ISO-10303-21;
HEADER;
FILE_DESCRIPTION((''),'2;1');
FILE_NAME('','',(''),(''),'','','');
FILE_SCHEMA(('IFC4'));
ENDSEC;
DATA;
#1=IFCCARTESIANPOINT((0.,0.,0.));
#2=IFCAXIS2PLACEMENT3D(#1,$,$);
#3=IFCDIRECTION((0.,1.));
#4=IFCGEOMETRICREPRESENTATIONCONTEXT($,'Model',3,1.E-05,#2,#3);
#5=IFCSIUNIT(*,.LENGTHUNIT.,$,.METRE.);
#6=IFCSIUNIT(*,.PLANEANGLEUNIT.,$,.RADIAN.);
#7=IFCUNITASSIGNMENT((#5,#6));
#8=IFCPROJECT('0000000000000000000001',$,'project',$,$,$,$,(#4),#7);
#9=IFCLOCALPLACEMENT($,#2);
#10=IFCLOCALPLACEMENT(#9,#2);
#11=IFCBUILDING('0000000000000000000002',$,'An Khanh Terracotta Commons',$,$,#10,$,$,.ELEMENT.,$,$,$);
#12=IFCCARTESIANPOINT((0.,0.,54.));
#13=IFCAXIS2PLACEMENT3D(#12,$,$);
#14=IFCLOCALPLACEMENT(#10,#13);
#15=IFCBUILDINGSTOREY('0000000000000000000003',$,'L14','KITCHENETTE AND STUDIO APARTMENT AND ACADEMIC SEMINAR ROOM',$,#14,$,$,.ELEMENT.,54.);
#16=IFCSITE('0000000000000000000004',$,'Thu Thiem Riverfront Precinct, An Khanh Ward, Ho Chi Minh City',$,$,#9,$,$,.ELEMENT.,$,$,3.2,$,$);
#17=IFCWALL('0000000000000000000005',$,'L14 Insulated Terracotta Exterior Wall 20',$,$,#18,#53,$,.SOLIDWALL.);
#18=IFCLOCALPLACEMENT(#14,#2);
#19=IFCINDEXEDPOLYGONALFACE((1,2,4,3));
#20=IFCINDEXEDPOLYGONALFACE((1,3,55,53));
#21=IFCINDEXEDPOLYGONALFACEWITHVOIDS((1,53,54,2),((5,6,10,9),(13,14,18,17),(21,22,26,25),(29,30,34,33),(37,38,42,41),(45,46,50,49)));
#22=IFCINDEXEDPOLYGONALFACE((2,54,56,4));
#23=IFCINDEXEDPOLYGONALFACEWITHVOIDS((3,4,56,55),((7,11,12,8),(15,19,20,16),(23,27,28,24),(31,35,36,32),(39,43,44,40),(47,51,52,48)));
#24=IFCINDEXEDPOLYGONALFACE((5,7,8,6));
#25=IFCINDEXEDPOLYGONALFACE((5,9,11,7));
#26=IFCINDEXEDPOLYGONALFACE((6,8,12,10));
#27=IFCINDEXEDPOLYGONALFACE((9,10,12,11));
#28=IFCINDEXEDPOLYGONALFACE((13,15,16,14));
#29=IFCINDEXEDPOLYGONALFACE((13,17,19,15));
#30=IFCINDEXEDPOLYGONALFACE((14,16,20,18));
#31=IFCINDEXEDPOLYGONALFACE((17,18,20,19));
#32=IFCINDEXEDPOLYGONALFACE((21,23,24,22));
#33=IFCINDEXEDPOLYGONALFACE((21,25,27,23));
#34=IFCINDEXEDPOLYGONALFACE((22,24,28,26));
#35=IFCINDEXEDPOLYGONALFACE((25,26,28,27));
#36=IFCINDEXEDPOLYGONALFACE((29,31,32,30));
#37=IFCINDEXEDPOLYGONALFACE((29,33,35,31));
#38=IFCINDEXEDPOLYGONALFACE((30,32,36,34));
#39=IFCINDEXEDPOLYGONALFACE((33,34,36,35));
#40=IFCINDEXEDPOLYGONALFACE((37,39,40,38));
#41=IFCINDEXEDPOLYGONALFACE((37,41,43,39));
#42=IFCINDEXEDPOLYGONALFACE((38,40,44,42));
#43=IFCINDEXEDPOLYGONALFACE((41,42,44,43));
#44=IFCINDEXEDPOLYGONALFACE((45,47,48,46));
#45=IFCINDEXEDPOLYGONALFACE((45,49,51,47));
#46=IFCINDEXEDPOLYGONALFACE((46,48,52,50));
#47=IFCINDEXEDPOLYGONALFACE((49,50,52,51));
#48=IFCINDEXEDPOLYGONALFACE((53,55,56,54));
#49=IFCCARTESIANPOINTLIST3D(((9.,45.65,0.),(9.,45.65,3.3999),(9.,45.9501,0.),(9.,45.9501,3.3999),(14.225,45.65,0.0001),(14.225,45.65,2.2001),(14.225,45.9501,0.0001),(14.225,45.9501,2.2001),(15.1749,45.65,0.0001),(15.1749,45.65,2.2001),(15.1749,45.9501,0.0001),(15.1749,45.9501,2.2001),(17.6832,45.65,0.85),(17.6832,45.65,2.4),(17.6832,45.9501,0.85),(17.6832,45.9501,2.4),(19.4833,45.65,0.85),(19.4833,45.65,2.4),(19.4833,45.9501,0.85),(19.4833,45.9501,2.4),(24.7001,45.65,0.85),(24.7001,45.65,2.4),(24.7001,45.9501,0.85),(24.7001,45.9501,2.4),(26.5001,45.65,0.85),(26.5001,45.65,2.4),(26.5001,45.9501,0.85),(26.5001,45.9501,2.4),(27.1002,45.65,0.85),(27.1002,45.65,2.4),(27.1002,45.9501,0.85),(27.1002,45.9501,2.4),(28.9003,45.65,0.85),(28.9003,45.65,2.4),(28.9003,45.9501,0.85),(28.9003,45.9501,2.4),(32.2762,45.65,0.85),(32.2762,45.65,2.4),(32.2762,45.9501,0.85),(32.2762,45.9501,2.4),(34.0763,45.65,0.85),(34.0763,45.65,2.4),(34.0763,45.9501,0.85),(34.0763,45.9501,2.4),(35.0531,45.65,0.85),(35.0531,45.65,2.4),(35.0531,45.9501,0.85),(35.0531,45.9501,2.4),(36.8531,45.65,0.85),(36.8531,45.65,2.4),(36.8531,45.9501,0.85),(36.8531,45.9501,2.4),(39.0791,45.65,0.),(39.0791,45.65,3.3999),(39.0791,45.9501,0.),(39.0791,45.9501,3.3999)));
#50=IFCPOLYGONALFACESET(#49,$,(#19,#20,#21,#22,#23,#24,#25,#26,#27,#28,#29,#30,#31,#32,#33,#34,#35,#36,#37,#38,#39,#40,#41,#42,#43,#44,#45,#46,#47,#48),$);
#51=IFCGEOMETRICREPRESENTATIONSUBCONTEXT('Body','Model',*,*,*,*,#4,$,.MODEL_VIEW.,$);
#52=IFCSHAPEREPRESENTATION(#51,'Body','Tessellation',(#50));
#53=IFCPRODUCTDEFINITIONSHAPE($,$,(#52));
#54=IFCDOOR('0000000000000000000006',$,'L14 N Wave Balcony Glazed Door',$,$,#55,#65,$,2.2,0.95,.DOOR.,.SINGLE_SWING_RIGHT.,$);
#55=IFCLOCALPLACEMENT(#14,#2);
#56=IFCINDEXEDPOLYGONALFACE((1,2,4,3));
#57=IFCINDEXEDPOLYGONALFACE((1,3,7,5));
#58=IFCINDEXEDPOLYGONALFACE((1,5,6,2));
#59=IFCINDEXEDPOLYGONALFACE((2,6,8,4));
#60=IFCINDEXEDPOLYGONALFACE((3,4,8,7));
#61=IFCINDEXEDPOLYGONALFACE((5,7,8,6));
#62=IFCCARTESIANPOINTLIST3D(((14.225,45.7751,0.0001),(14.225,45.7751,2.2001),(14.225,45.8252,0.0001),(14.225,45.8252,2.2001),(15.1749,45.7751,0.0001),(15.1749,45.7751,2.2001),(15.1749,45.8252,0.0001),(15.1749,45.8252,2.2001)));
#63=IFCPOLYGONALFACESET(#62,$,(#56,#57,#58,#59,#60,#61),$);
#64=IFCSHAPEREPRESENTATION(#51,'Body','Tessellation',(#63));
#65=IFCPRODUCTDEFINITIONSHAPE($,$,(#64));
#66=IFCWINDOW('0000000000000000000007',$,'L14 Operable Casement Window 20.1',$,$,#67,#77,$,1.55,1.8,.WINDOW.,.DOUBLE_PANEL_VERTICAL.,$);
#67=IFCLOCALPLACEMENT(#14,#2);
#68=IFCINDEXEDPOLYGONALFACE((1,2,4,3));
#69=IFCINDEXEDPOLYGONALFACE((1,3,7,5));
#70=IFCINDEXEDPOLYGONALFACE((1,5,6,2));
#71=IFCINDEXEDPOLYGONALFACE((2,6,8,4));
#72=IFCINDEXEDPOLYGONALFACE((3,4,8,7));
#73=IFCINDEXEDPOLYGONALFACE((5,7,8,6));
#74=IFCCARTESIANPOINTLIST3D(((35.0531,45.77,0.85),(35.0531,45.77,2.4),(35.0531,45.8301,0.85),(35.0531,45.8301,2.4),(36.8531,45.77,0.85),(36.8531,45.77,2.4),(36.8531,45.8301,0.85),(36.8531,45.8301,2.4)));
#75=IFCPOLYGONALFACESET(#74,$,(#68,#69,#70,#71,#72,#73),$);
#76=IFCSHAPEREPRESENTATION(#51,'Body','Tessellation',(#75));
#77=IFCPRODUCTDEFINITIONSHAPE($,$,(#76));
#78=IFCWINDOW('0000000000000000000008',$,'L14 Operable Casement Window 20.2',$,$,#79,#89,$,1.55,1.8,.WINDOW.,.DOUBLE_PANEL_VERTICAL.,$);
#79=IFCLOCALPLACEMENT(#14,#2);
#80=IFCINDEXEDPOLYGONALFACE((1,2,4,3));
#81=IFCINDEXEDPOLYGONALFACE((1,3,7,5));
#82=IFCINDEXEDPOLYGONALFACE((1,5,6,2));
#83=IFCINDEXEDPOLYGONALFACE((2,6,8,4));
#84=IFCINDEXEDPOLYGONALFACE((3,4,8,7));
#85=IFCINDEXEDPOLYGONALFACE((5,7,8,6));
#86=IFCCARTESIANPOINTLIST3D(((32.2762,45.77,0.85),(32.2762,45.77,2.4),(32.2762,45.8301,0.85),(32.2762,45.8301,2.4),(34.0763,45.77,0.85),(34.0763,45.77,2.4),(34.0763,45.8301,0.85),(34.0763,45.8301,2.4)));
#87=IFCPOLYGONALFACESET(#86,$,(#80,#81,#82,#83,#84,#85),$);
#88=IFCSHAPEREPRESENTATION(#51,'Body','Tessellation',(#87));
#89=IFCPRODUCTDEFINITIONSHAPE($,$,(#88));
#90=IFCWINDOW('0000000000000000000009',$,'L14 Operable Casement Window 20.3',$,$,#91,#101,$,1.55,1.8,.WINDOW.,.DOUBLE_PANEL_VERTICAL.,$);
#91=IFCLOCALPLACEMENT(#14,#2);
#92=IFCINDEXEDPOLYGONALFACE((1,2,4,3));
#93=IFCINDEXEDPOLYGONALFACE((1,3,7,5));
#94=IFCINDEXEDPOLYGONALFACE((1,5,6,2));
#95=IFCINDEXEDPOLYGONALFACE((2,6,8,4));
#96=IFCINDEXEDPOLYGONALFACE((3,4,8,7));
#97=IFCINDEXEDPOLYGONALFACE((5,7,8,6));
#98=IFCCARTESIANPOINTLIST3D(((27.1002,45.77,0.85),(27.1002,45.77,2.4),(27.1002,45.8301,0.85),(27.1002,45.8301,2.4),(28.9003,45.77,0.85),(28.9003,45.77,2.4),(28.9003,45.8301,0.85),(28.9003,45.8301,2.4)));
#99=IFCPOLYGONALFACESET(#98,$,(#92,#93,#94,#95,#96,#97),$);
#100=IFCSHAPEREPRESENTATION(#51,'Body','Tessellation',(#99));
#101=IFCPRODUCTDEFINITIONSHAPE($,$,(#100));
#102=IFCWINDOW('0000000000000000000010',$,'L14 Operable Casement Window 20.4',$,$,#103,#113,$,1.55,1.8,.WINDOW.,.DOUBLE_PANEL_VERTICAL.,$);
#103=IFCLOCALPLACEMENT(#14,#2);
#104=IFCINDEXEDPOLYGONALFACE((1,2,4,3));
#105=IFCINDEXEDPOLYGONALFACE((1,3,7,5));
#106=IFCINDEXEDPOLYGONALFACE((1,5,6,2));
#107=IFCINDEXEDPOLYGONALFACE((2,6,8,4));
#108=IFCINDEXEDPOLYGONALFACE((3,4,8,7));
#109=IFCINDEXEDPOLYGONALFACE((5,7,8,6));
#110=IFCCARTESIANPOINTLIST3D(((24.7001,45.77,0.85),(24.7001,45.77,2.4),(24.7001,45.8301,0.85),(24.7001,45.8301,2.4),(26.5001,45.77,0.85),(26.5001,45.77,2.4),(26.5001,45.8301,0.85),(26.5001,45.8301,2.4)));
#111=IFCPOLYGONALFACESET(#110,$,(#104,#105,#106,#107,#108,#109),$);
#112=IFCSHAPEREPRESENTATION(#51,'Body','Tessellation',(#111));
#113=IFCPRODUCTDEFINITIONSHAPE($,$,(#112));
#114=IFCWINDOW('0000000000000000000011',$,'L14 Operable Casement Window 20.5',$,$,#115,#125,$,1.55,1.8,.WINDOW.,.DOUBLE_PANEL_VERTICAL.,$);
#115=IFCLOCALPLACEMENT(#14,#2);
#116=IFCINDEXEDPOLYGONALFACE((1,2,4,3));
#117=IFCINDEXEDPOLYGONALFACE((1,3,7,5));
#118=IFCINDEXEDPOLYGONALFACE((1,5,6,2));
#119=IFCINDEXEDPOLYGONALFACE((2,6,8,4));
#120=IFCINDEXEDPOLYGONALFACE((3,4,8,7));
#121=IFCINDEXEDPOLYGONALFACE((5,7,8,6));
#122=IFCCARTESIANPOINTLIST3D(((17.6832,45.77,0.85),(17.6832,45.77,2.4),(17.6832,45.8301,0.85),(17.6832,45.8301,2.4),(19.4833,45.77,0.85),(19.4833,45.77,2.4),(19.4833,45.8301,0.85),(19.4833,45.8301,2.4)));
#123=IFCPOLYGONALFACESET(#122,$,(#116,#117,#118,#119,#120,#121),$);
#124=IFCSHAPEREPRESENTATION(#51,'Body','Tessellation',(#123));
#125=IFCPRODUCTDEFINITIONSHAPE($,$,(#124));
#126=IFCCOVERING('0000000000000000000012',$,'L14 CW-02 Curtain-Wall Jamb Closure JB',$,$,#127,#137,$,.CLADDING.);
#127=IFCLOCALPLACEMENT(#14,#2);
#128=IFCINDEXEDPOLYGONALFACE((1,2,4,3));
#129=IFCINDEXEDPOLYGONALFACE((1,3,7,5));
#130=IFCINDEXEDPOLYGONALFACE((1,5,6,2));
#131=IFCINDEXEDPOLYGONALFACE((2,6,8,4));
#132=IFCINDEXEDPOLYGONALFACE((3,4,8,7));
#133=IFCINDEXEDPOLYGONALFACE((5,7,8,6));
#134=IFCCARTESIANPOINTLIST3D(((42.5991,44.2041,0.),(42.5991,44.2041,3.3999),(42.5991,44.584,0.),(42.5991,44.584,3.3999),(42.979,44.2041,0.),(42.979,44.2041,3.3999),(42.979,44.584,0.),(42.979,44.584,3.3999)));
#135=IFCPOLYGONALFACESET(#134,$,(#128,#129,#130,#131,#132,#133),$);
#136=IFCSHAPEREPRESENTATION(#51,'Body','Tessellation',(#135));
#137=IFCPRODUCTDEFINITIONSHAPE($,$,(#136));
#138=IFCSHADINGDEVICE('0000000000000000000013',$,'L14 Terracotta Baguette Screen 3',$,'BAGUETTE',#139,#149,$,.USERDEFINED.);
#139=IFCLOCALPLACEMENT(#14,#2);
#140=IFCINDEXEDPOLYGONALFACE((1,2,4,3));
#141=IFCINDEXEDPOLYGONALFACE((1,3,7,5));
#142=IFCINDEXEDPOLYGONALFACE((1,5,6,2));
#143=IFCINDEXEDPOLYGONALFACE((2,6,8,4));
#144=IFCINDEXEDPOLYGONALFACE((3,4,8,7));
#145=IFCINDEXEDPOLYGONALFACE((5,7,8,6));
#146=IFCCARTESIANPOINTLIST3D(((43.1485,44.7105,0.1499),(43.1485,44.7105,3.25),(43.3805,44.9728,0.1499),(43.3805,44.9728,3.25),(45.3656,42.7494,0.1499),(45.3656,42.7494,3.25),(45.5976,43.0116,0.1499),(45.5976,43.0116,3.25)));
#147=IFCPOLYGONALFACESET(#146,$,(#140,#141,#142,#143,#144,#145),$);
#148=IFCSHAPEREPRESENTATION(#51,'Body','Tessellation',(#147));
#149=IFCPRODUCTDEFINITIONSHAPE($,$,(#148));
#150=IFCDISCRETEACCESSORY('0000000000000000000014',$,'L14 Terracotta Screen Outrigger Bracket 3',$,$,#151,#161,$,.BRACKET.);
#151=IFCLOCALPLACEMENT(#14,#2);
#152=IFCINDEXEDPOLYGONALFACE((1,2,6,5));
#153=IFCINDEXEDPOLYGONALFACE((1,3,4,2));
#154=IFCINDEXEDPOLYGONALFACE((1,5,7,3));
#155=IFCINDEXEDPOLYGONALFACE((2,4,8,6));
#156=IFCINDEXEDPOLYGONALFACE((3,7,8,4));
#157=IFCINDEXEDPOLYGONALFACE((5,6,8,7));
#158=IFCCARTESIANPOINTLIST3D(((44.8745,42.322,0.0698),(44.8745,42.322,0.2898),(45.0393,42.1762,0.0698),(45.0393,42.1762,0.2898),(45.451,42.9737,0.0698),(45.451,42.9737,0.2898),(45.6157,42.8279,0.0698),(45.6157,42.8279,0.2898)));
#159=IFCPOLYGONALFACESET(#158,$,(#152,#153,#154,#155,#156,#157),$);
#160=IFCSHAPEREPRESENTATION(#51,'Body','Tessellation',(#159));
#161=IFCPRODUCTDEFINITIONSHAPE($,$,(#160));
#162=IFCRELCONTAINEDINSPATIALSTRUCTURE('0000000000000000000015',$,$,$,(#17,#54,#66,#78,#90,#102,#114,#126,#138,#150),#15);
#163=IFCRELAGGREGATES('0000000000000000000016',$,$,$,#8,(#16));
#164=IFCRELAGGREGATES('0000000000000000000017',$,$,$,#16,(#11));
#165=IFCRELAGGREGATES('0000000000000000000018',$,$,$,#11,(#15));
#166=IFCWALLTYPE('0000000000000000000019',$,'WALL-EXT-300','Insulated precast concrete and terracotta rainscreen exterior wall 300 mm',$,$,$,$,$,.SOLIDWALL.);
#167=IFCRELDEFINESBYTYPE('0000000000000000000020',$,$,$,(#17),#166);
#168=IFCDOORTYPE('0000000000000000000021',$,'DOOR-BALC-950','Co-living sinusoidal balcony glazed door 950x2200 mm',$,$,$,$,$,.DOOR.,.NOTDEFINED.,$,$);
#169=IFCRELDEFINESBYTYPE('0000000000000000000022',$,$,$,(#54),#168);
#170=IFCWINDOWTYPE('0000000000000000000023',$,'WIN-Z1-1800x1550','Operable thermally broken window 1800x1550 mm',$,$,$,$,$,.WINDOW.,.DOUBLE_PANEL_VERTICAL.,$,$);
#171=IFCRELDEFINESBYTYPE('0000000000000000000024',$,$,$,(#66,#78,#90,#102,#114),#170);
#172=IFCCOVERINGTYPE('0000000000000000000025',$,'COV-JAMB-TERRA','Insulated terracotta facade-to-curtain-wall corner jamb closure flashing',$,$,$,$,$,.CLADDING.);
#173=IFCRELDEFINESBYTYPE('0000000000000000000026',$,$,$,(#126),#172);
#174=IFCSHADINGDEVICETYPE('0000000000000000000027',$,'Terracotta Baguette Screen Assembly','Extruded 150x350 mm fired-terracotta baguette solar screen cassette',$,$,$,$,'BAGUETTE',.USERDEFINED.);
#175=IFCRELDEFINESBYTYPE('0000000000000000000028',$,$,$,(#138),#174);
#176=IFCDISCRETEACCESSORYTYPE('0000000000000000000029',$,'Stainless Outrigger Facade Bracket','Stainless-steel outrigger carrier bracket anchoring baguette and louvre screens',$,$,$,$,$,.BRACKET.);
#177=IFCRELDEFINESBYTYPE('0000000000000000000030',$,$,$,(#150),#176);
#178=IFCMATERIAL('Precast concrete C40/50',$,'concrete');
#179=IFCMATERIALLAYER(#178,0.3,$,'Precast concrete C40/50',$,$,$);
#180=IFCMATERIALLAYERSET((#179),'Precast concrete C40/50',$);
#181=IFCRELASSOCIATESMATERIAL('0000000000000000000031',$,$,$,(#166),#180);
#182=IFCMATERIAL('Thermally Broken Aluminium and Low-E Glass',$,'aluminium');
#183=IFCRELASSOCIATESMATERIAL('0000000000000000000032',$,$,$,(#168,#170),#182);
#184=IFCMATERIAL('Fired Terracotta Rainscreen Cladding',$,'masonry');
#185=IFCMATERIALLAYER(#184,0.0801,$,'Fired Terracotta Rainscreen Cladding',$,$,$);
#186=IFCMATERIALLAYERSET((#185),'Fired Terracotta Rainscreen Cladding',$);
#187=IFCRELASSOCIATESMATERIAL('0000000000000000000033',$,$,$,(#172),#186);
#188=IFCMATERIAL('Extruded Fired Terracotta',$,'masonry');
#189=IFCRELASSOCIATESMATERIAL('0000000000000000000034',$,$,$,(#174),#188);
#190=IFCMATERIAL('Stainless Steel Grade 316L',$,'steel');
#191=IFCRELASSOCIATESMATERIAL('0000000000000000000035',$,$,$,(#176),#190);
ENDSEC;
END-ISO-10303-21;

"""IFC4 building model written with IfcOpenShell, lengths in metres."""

from ifc_helpers import new_model, si_unit, direction, frame, frame_2d, origin, origin_2d, place, context, subcontext, project, spatial, rectangle, extrude, material, layer, layer_set, type_object, element, fill, save


model = new_model("IFC4")

# Units and contexts
model_context = context("Model", 3, precision=1e-05, world=origin(), true_north=direction((0.0, 1.0)))
body_context = subcontext(model_context, "Body", "Model", "MODEL_VIEW")
ifc_project = project(units=[si_unit("LENGTHUNIT", "METRE"), si_unit("PLANEANGLEUNIT", "RADIAN")], contexts=[model_context])

# Site, building, storey
site_placement = place(None, origin())
site = spatial("IfcSite", under=ifc_project, at=site_placement, Name="Thu Thiem Riverfront Precinct, An Khanh Ward, Ho Chi Minh City", CompositionType="ELEMENT", RefElevation=3.2)
building_placement = place(site_placement, origin())
building = spatial("IfcBuilding", under=site, at=building_placement, Name="An Khanh Terracotta Commons", CompositionType="ELEMENT")
storey_placement = place(building_placement, frame((0.0, 0.0, 54.0)))
storey = spatial("IfcBuildingStorey", under=building, at=storey_placement, Name="L14", Description="KITCHENETTE AND STUDIO APARTMENT AND ACADEMIC SEMINAR ROOM", CompositionType="ELEMENT", Elevation=54.0)

# Shared definitions
ifc_material_1 = material(Name="Precast concrete C40/50", Category="concrete")
ifc_layer_1 = layer(ifc_material_1, 0.3, Name="Precast concrete C40/50")
ifc_layer_set_1 = layer_set([ifc_layer_1], Name="Precast concrete C40/50")
wall_type = type_object("IfcWallType", Name="WALL-EXT-300", Description="Insulated precast concrete and terracotta rainscreen exterior wall 300 mm", PredefinedType="SOLIDWALL", material=ifc_layer_set_1)

# Wall, openings, door, windows
wall_1_placement = place(storey_placement, frame((39.0791, 45.8, 0.0), z_axis=(0.0, 0.0, 1.0), x_axis=(-1.0, 0.0, 0.0)))
wall_1 = element("IfcWall", 1, at=wall_1_placement, inside=storey, type_object=wall_type, Name="L14 Insulated Terracotta Exterior Wall 20", PredefinedType="SOLIDWALL", context=body_context, shape_type="SweptSolid", body=[
    extrude(rectangle(XDim=30.0791, YDim=0.3, at=frame_2d((15.0396, 0.0))), origin(), (0.0, 0.0, 1.0), 3.3999),
])
opening_1_placement = place(wall_1_placement, frame((23.9041, 0.0, 0.0)))
opening_1 = element("IfcOpeningElement", 2, at=opening_1_placement, cuts=wall_1, PredefinedType="OPENING", context=body_context, shape_type="SweptSolid", body=[
    extrude(rectangle(XDim=0.95, YDim=2.2, at=frame_2d((0.4751, 1.1001))), frame((0.0, 0.1599, 0.0), z_axis=(0.0, -1.0, 0.0), x_axis=(1.0, 0.0, 0.0)), (0.0, 0.0, 1.0), 0.3201),
])
opening_2_placement = place(wall_1_placement, frame((2.2261, 0.0, 0.8501)))
opening_2 = element("IfcOpeningElement", 3, at=opening_2_placement, cuts=wall_1, PredefinedType="OPENING", context=body_context, shape_type="SweptSolid", body=[
    extrude(rectangle(XDim=1.8, YDim=1.55, at=frame_2d((0.8999, 0.7749))), frame((0.0, 0.1599, 0.0), z_axis=(0.0, -1.0, 0.0), x_axis=(1.0, 0.0, 0.0)), (0.0, 0.0, 1.0), 0.3201),
])
opening_3_placement = place(wall_1_placement, frame((5.0029, 0.0, 0.8501)))
opening_3 = element("IfcOpeningElement", 4, at=opening_3_placement, cuts=wall_1, PredefinedType="OPENING", context=body_context, shape_type="SweptSolid", body=[
    extrude(rectangle(XDim=1.8, YDim=1.55, at=frame_2d((0.8999, 0.7749))), frame((0.0, 0.1599, 0.0), z_axis=(0.0, -1.0, 0.0), x_axis=(1.0, 0.0, 0.0)), (0.0, 0.0, 1.0), 0.3201),
])
opening_4_placement = place(wall_1_placement, frame((10.179, 0.0, 0.8501)))
opening_4 = element("IfcOpeningElement", 5, at=opening_4_placement, cuts=wall_1, PredefinedType="OPENING", context=body_context, shape_type="SweptSolid", body=[
    extrude(rectangle(XDim=1.8, YDim=1.55, at=frame_2d((0.8999, 0.7749))), frame((0.0, 0.1599, 0.0), z_axis=(0.0, -1.0, 0.0), x_axis=(1.0, 0.0, 0.0)), (0.0, 0.0, 1.0), 0.3201),
])
opening_5_placement = place(wall_1_placement, frame((12.5791, 0.0, 0.8501)))
opening_5 = element("IfcOpeningElement", 6, at=opening_5_placement, cuts=wall_1, PredefinedType="OPENING", context=body_context, shape_type="SweptSolid", body=[
    extrude(rectangle(XDim=1.8, YDim=1.55, at=frame_2d((0.8999, 0.7749))), frame((0.0, 0.1599, 0.0), z_axis=(0.0, -1.0, 0.0), x_axis=(1.0, 0.0, 0.0)), (0.0, 0.0, 1.0), 0.3201),
])
opening_6_placement = place(wall_1_placement, frame((19.5959, 0.0, 0.8501)))
opening_6 = element("IfcOpeningElement", 7, at=opening_6_placement, cuts=wall_1, PredefinedType="OPENING", context=body_context, shape_type="SweptSolid", body=[
    extrude(rectangle(XDim=1.8, YDim=1.55, at=frame_2d((0.8999, 0.7749))), frame((0.0, 0.1599, 0.0), z_axis=(0.0, -1.0, 0.0), x_axis=(1.0, 0.0, 0.0)), (0.0, 0.0, 1.0), 0.3201),
])
ifc_material_2 = material(Name="Thermally Broken Aluminium and Low-E Glass", Category="aluminium")
door_type = type_object("IfcDoorType", Name="DOOR-BALC-950", Description="Co-living sinusoidal balcony glazed door 950x2200 mm", OperationType="NOTDEFINED", PredefinedType="DOOR", material=ifc_material_2)
door_placement = place(opening_1_placement, origin())
door = element("IfcDoor", 8, at=door_placement, inside=storey, type_object=door_type, Name="L14 N Wave Balcony Glazed Door", OperationType="SINGLE_SWING_RIGHT", OverallHeight=2.2, OverallWidth=0.95, PredefinedType="DOOR", context=body_context, shape_type="SweptSolid", body=[
    extrude(rectangle(XDim=0.95, YDim=2.2, at=frame_2d((0.4751, 1.1001))), frame((0.0, 0.0249, 0.0), z_axis=(0.0, -1.0, 0.0), x_axis=(1.0, 0.0, 0.0)), (0.0, 0.0, 1.0), 0.05),
])
fill(opening_1, door)
window_type = type_object("IfcWindowType", Name="WIN-Z1-1800x1550", Description="Operable thermally broken window 1800x1550 mm", PartitioningType="DOUBLE_PANEL_VERTICAL", PredefinedType="WINDOW", material=ifc_material_2)
window_1_placement = place(opening_2_placement, origin())
window_1 = element("IfcWindow", 9, at=window_1_placement, inside=storey, type_object=window_type, Name="L14 Operable Casement Window 20.1", OverallHeight=1.55, OverallWidth=1.8, PartitioningType="DOUBLE_PANEL_VERTICAL", PredefinedType="WINDOW", context=body_context, shape_type="SweptSolid", body=[
    extrude(rectangle(XDim=1.8, YDim=1.55, at=frame_2d((0.8999, 0.7749))), frame((0.0, 0.03, 0.0), z_axis=(0.0, -1.0, 0.0), x_axis=(1.0, 0.0, 0.0)), (0.0, 0.0, 1.0), 0.0601),
])
fill(opening_2, window_1)
window_2_placement = place(opening_3_placement, origin())
window_2 = element("IfcWindow", 10, at=window_2_placement, inside=storey, type_object=window_type, Name="L14 Operable Casement Window 20.2", OverallHeight=1.55, OverallWidth=1.8, PartitioningType="DOUBLE_PANEL_VERTICAL", PredefinedType="WINDOW", context=body_context, shape_type="SweptSolid", body=[
    extrude(rectangle(XDim=1.8, YDim=1.55, at=frame_2d((0.8999, 0.7749))), frame((0.0, 0.03, 0.0), z_axis=(0.0, -1.0, 0.0), x_axis=(1.0, 0.0, 0.0)), (0.0, 0.0, 1.0), 0.0601),
])
fill(opening_3, window_2)
window_3_placement = place(opening_4_placement, origin())
window_3 = element("IfcWindow", 11, at=window_3_placement, inside=storey, type_object=window_type, Name="L14 Operable Casement Window 20.3", OverallHeight=1.55, OverallWidth=1.8, PartitioningType="DOUBLE_PANEL_VERTICAL", PredefinedType="WINDOW", context=body_context, shape_type="SweptSolid", body=[
    extrude(rectangle(XDim=1.8, YDim=1.55, at=frame_2d((0.8999, 0.7749))), frame((0.0, 0.03, 0.0), z_axis=(0.0, -1.0, 0.0), x_axis=(1.0, 0.0, 0.0)), (0.0, 0.0, 1.0), 0.0601),
])
fill(opening_4, window_3)
window_4_placement = place(opening_5_placement, origin())
window_4 = element("IfcWindow", 12, at=window_4_placement, inside=storey, type_object=window_type, Name="L14 Operable Casement Window 20.4", OverallHeight=1.55, OverallWidth=1.8, PartitioningType="DOUBLE_PANEL_VERTICAL", PredefinedType="WINDOW", context=body_context, shape_type="SweptSolid", body=[
    extrude(rectangle(XDim=1.8, YDim=1.55, at=frame_2d((0.8999, 0.7749))), frame((0.0, 0.03, 0.0), z_axis=(0.0, -1.0, 0.0), x_axis=(1.0, 0.0, 0.0)), (0.0, 0.0, 1.0), 0.0601),
])
fill(opening_5, window_4)
window_5_placement = place(opening_6_placement, origin())
window_5 = element("IfcWindow", 13, at=window_5_placement, inside=storey, type_object=window_type, Name="L14 Operable Casement Window 20.5", OverallHeight=1.55, OverallWidth=1.8, PartitioningType="DOUBLE_PANEL_VERTICAL", PredefinedType="WINDOW", context=body_context, shape_type="SweptSolid", body=[
    extrude(rectangle(XDim=1.8, YDim=1.55, at=frame_2d((0.8999, 0.7749))), frame((0.0, 0.03, 0.0), z_axis=(0.0, -1.0, 0.0), x_axis=(1.0, 0.0, 0.0)), (0.0, 0.0, 1.0), 0.0601),
])
fill(opening_6, window_5)

# Covering
ifc_material_3 = material(Name="Fired Terracotta Rainscreen Cladding", Category="masonry")
ifc_layer_2 = layer(ifc_material_3, 0.0801, Name="Fired Terracotta Rainscreen Cladding")
ifc_layer_set_2 = layer_set([ifc_layer_2], Name="Fired Terracotta Rainscreen Cladding")
covering_type = type_object("IfcCoveringType", Name="COV-JAMB-TERRA", Description="Insulated terracotta facade-to-curtain-wall corner jamb closure flashing", PredefinedType="CLADDING", material=ifc_layer_set_2)
covering_placement = place(storey_placement, frame((42.7891, 44.394, 0.0), z_axis=(0.0, 0.0, 1.0), x_axis=(1.0, 0.0, 0.0)))
element("IfcCovering", 14, at=covering_placement, inside=storey, type_object=covering_type, Name="L14 CW-02 Curtain-Wall Jamb Closure JB", PredefinedType="CLADDING", context=body_context, shape_type="SweptSolid", body=[
    extrude(rectangle(XDim=0.3799, YDim=0.3799, at=origin_2d()), origin(), (0.0, 0.0, 1.0), 3.3999),
])

# Shading device
ifc_material_4 = material(Name="Extruded Fired Terracotta", Category="masonry")
shading_device_type = type_object("IfcShadingDeviceType", Name="Terracotta Baguette Screen Assembly", Description="Extruded 150x350 mm fired-terracotta baguette solar screen cassette", ElementType="BAGUETTE", PredefinedType="USERDEFINED", material=ifc_material_4)
shading_device_placement = place(storey_placement, frame((44.373, 43.8611, 0.1499), z_axis=(0.0, 0.0, 1.0), x_axis=(-0.749019, 0.662548, 0.0)))
element("IfcShadingDevice", 15, at=shading_device_placement, inside=storey, type_object=shading_device_type, Name="L14 Terracotta Baguette Screen 3", ObjectType="BAGUETTE", PredefinedType="USERDEFINED", context=body_context, shape_type="SweptSolid", body=[
    extrude(rectangle(XDim=2.96, YDim=0.3501, at=origin_2d()), origin(), (0.0, 0.0, 1.0), 3.1001),
])

# Discrete accessory
ifc_material_5 = material(Name="Stainless Steel Grade 316L", Category="steel")
discrete_accessory_type = type_object("IfcDiscreteAccessoryType", Name="Stainless Outrigger Facade Bracket", Description="Stainless-steel outrigger carrier bracket anchoring baguette and louvre screens", PredefinedType="BRACKET", material=ifc_material_5)
discrete_accessory_placement = place(storey_placement, frame((45.2451, 42.575, 0.0698), z_axis=(0.0, 0.0, 1.0), x_axis=(-0.749019, 0.662548, 0.0)))
element("IfcDiscreteAccessory", 16, at=discrete_accessory_placement, inside=storey, type_object=discrete_accessory_type, Name="L14 Terracotta Screen Outrigger Bracket 3", PredefinedType="BRACKET", context=body_context, shape_type="SweptSolid", body=[
    extrude(rectangle(XDim=0.22, YDim=0.8701, at=origin_2d()), origin(), (0.0, 0.0, 1.0), 0.22),
])

save(model, "model.ifc")
